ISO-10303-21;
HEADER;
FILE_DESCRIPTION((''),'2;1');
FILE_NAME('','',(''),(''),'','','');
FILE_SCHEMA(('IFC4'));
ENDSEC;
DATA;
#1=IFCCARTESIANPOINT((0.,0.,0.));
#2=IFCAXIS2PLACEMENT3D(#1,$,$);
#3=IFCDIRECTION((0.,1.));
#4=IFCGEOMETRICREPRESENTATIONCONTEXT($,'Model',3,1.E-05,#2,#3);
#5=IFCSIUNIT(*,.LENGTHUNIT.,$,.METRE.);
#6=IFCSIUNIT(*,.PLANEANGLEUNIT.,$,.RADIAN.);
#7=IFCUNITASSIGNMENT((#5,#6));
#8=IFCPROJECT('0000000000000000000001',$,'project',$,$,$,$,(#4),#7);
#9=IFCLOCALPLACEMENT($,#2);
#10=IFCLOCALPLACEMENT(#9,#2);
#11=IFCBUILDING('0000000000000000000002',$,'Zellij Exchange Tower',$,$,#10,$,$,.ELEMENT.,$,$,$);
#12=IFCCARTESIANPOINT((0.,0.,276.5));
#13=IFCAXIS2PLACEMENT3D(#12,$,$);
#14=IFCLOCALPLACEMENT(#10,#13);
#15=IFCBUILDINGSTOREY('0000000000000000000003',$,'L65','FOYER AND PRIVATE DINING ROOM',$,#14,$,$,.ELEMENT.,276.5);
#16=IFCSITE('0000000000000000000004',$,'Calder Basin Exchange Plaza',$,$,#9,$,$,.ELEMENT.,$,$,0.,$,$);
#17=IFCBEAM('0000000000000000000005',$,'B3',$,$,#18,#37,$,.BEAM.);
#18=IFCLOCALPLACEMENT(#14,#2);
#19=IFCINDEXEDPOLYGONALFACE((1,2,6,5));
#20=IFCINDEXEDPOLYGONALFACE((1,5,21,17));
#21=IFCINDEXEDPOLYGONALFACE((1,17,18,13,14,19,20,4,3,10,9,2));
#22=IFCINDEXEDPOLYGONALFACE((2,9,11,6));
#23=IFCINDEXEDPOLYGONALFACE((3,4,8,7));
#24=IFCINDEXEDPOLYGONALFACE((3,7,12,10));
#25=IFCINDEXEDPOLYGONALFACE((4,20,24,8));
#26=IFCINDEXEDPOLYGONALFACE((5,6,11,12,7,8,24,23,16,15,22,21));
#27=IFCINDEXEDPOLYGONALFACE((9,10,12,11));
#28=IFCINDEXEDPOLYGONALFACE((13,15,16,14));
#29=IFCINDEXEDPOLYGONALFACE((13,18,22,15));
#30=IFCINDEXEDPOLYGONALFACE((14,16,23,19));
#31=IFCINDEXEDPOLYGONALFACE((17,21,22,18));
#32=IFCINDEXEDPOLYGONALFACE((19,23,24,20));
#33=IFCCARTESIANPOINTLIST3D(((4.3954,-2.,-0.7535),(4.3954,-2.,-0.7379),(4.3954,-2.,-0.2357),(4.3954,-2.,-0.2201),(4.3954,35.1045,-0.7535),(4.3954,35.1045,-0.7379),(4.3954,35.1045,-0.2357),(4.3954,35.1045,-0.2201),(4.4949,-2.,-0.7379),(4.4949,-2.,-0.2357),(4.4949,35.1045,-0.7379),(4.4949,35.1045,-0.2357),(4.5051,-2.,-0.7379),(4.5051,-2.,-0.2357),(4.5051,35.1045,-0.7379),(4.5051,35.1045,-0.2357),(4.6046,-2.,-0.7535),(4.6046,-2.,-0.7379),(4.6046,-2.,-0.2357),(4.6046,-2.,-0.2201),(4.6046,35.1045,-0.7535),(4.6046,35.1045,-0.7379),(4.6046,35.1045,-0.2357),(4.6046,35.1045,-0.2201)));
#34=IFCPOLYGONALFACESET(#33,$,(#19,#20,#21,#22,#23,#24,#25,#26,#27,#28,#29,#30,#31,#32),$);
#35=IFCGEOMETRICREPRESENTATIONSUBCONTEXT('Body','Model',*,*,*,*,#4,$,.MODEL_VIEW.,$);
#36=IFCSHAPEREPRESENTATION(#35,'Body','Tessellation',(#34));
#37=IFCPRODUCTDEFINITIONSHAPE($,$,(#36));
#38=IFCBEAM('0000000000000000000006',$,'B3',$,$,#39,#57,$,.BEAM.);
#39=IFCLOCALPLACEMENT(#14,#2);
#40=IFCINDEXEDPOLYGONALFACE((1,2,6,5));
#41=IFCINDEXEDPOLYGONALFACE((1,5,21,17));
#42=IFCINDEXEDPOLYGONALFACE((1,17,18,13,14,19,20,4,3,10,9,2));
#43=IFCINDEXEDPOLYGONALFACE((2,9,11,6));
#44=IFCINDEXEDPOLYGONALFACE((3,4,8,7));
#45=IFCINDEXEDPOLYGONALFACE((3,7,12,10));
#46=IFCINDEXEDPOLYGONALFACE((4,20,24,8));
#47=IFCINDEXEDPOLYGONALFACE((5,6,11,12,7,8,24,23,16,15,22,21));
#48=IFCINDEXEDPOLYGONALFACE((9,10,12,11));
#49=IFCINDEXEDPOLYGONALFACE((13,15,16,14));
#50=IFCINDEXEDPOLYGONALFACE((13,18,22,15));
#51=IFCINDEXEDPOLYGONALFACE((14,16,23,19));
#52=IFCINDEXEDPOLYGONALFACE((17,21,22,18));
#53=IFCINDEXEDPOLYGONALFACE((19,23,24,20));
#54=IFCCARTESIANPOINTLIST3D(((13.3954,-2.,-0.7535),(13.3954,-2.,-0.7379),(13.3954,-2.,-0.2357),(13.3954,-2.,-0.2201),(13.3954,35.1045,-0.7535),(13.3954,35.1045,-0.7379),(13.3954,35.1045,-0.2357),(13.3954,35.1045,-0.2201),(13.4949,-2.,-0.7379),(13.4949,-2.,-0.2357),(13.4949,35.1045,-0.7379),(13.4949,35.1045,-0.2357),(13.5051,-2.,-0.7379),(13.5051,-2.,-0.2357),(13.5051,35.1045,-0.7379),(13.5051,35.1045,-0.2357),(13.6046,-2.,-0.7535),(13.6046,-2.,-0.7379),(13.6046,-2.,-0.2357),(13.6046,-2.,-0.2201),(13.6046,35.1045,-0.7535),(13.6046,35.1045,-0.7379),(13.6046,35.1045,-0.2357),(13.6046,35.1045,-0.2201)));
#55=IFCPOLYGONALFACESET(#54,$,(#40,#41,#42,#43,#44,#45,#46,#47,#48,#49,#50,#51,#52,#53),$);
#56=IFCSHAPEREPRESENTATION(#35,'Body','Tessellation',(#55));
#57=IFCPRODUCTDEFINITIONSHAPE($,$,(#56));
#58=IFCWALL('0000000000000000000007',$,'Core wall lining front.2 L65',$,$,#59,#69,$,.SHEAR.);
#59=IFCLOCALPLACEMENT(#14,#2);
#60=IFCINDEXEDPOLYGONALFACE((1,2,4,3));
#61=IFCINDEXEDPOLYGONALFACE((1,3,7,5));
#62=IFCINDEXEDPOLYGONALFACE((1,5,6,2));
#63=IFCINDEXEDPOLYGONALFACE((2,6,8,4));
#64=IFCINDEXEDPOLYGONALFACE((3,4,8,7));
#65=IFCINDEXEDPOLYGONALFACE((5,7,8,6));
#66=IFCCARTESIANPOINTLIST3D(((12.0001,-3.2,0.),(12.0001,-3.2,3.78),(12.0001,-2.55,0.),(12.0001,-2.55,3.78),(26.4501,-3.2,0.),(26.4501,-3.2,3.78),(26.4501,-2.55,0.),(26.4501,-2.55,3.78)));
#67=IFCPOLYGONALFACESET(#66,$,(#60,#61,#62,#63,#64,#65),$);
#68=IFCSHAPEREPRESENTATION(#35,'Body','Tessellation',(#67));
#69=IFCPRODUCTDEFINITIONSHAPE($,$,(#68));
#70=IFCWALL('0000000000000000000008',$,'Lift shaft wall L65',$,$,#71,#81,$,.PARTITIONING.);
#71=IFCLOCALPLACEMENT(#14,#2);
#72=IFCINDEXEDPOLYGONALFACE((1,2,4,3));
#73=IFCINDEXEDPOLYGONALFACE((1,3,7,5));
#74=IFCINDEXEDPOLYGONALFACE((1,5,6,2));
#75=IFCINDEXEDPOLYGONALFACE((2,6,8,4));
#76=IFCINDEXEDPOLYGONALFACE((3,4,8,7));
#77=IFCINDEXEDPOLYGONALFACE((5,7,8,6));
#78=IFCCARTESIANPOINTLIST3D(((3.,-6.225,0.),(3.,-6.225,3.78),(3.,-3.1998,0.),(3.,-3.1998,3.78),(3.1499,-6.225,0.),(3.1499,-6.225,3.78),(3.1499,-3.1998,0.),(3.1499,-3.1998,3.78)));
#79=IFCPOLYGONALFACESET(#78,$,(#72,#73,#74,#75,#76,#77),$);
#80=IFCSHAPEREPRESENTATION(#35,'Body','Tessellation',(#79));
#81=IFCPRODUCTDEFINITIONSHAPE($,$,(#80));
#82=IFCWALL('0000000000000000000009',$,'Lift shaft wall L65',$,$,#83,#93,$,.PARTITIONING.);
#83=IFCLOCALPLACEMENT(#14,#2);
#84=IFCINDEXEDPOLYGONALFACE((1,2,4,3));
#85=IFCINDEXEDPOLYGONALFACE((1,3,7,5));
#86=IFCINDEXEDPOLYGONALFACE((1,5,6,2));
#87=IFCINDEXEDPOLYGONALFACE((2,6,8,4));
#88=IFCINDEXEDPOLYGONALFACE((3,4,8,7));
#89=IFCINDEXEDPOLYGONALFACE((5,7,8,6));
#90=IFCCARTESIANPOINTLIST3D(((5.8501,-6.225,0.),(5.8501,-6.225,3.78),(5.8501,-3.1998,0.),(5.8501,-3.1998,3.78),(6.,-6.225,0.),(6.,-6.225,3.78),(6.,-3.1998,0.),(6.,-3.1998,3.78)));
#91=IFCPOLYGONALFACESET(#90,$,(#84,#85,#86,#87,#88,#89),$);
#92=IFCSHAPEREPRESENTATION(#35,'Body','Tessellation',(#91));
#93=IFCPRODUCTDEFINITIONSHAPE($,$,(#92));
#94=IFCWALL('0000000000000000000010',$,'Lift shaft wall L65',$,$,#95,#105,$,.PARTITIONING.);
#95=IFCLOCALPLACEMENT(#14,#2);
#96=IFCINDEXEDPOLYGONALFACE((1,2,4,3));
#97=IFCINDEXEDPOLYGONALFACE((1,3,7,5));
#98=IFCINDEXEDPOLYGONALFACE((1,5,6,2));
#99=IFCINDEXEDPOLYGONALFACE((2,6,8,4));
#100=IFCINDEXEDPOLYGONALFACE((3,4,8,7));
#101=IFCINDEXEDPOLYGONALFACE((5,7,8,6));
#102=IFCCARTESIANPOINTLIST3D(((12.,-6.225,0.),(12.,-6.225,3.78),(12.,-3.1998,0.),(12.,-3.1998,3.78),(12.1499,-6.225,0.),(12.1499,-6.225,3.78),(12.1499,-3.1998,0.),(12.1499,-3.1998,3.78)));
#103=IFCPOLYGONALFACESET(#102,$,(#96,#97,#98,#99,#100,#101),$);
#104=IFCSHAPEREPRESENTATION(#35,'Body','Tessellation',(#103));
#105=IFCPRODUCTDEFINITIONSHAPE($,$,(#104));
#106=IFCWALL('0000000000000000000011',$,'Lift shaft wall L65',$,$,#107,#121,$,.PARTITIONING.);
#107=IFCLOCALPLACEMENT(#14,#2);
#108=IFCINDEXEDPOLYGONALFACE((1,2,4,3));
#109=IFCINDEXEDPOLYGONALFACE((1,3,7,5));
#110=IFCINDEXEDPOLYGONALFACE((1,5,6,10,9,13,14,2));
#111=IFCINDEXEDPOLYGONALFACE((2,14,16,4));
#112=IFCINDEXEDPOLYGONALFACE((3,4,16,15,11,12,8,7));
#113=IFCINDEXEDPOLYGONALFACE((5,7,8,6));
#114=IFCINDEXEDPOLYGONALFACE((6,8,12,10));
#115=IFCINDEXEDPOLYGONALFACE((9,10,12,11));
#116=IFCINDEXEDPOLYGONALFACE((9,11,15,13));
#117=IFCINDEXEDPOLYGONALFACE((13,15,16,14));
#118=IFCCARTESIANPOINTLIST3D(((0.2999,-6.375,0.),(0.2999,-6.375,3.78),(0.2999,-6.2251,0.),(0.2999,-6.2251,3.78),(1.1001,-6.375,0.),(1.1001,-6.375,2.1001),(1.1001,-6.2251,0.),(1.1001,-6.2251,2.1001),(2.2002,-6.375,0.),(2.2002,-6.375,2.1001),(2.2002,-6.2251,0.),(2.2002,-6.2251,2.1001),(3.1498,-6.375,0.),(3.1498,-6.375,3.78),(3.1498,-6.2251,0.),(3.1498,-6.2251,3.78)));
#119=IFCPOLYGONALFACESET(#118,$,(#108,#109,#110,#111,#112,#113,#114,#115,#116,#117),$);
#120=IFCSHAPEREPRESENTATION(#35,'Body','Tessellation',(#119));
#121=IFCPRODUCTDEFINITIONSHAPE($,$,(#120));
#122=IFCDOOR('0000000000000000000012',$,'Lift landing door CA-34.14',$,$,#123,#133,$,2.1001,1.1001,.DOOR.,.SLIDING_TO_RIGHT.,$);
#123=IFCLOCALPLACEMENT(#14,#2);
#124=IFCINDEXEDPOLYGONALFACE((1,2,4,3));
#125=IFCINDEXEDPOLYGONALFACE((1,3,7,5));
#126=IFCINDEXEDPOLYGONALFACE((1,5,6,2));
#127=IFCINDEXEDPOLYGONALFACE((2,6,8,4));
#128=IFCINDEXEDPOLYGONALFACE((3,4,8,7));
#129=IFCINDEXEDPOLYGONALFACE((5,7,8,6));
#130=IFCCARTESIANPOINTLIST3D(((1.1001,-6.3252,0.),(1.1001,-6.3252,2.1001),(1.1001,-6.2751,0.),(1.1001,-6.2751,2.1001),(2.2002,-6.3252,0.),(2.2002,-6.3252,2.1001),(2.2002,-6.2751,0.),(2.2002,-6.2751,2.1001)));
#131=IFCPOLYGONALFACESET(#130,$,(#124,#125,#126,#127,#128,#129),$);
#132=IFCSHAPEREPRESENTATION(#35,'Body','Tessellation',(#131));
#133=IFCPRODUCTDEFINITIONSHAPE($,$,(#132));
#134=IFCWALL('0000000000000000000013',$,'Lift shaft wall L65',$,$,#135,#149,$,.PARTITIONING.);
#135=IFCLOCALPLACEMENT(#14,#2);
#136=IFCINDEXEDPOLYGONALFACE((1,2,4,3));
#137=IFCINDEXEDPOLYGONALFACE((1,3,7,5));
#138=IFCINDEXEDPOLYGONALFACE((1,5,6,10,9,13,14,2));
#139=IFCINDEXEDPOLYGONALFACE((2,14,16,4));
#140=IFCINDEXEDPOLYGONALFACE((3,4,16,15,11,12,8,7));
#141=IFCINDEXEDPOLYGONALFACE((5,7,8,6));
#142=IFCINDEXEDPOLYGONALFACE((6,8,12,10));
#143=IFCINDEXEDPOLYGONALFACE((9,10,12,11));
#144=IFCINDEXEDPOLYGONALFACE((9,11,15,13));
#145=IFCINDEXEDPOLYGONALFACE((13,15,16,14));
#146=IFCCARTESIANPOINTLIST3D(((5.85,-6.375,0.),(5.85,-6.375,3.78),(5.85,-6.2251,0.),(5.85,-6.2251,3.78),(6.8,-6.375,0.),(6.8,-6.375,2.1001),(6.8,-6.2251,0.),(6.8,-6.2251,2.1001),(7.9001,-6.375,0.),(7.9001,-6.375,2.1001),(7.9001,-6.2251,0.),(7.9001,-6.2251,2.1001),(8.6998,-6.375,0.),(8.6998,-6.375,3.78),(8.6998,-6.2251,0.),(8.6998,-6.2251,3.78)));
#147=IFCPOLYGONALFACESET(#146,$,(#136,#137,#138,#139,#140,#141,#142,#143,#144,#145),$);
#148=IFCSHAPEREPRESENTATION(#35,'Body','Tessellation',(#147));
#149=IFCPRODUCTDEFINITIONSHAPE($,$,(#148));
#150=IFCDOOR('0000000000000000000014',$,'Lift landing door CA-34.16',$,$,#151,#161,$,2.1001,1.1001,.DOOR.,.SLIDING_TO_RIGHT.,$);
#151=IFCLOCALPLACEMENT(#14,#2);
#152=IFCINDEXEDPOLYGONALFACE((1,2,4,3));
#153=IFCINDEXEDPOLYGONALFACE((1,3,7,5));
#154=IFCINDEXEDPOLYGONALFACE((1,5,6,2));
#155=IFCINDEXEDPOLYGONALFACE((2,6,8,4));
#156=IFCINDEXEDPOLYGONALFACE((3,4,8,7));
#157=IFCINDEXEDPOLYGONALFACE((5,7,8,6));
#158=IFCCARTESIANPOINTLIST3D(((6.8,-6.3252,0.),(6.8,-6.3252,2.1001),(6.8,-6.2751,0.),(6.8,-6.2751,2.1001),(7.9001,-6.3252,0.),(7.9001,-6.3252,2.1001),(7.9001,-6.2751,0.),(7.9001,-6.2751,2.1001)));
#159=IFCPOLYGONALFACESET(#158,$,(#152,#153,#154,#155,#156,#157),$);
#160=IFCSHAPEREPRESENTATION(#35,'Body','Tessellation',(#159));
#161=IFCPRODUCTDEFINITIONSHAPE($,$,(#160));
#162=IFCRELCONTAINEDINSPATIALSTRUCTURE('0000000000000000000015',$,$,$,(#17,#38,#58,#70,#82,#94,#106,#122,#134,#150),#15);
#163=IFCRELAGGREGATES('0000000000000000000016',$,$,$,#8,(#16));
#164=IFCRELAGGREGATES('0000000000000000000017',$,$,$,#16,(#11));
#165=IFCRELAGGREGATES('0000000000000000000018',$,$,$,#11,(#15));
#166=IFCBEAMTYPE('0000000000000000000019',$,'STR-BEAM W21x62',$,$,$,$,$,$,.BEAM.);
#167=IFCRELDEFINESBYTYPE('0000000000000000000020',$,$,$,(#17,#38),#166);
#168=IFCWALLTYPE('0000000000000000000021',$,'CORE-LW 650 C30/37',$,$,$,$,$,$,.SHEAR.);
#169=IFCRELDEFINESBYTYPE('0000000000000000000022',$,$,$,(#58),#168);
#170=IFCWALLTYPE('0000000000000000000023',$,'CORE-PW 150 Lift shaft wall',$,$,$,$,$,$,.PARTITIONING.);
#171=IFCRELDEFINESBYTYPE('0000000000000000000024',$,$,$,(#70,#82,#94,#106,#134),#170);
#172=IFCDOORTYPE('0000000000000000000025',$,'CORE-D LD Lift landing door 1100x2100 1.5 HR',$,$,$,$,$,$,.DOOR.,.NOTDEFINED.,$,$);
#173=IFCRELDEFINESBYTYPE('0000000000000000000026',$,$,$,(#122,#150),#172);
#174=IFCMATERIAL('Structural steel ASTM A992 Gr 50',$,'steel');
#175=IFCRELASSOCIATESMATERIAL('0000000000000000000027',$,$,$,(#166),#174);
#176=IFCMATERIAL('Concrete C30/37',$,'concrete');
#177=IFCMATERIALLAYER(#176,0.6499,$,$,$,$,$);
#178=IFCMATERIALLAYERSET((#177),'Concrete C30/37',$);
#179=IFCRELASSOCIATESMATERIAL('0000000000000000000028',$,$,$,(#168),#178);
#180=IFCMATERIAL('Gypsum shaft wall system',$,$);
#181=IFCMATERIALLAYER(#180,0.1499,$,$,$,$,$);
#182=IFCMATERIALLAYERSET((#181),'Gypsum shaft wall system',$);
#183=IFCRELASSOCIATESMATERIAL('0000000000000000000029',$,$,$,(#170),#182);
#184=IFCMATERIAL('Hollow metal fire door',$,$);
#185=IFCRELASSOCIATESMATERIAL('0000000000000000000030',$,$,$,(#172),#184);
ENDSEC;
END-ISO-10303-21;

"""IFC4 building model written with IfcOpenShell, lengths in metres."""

from ifc_helpers import new_model, si_unit, direction, frame, frame_2d, origin, origin_2d, place, context, subcontext, project, spatial, rectangle, i_section, extrude, material, layer, layer_set, material_profile, profile_set, type_object, element, fill, save


model = new_model("IFC4")

# Units and contexts
model_context = context("Model", 3, precision=1e-05, world=origin(), true_north=direction((0.0, 1.0)))
body_context = subcontext(model_context, "Body", "Model", "MODEL_VIEW")
ifc_project = project(units=[si_unit("LENGTHUNIT", "METRE"), si_unit("PLANEANGLEUNIT", "RADIAN")], contexts=[model_context])

# Site, building, storey
site_placement = place(None, origin())
site = spatial("IfcSite", under=ifc_project, at=site_placement, Name="Calder Basin Exchange Plaza", CompositionType="ELEMENT", RefElevation=0.0)
building_placement = place(site_placement, origin())
building = spatial("IfcBuilding", under=site, at=building_placement, Name="Zellij Exchange Tower", CompositionType="ELEMENT")
storey_placement = place(building_placement, frame((0.0, 0.0, 276.5)))
storey = spatial("IfcBuildingStorey", under=building, at=storey_placement, Name="L65", Description="FOYER AND PRIVATE DINING ROOM", CompositionType="ELEMENT", Elevation=276.5)

# Beams
ifc_material_1 = material(Name="Structural steel ASTM A992 Gr 50", Category="steel")
ifc_material_profile = material_profile(ifc_material_1, i_section(OverallWidth=0.2092, OverallDepth=0.5334, WebThickness=0.0103, FlangeThickness=0.0156, at=origin_2d()), Name="W21x62")
ifc_profile_set = profile_set([ifc_material_profile], Name="Structural steel ASTM A992 Gr 50")
beam_type = type_object("IfcBeamType", Name="STR-BEAM W21x62", PredefinedType="BEAM", material=ifc_profile_set)
for number, where, z_axis, x_axis, name in (
    (1, (4.5, -2.0, -0.4868), (0.0, 1.0, 0.0), (-1.0, 0.0, 0.0), "B3"),
    (2, (13.5, -2.0, -0.4868), (0.0, 1.0, 0.0), (-1.0, 0.0, 0.0), "B3"),
):
    element("IfcBeam", number, at=place(storey_placement, frame(where, z_axis=z_axis, x_axis=x_axis)), inside=storey, type_object=beam_type, Name=name, PredefinedType="BEAM", context=body_context, shape_type="SweptSolid", body=[
        extrude(i_section(OverallWidth=0.2092, OverallDepth=0.5334, WebThickness=0.0103, FlangeThickness=0.0156, at=origin_2d()), origin(), (0.0, 0.0, 1.0), 37.1045),
    ])

# Walls
ifc_material_2 = material(Name="Concrete C30/37", Category="concrete")
ifc_layer_1 = layer(ifc_material_2, 0.6499)
ifc_layer_set_1 = layer_set([ifc_layer_1], Name="Concrete C30/37")
wall_type_1 = type_object("IfcWallType", Name="CORE-LW 650 C30/37", PredefinedType="SHEAR", material=ifc_layer_set_1)
wall_1_placement = place(storey_placement, frame((12.0, -2.875, 0.0), z_axis=(0.0, 0.0, 1.0), x_axis=(1.0, 0.0, 0.0)))
element("IfcWall", 3, at=wall_1_placement, inside=storey, type_object=wall_type_1, Name="Core wall lining front.2 L65", PredefinedType="SHEAR", context=body_context, shape_type="SweptSolid", body=[
    extrude(rectangle(XDim=14.45, YDim=0.6499, at=frame_2d((7.2251, 0.0))), origin(), (0.0, 0.0, 1.0), 3.78),
])
ifc_material_3 = material(Name="Gypsum shaft wall system")
ifc_layer_2 = layer(ifc_material_3, 0.1499)
ifc_layer_set_2 = layer_set([ifc_layer_2], Name="Gypsum shaft wall system")
wall_type_2 = type_object("IfcWallType", Name="CORE-PW 150 Lift shaft wall", PredefinedType="PARTITIONING", material=ifc_layer_set_2)
for number, where, z_axis, x_axis, name in (
    (4, (3.075, -6.2251, 0.0), (0.0, 0.0, 1.0), (0.0, 1.0, 0.0), "Lift shaft wall L65"),
    (5, (5.925, -6.2251, 0.0), (0.0, 0.0, 1.0), (0.0, 1.0, 0.0), "Lift shaft wall L65"),
    (6, (12.075, -6.2251, 0.0), (0.0, 0.0, 1.0), (0.0, 1.0, 0.0), "Lift shaft wall L65"),
):
    element("IfcWall", number, at=place(storey_placement, frame(where, z_axis=z_axis, x_axis=x_axis)), inside=storey, type_object=wall_type_2, Name=name, PredefinedType="PARTITIONING", context=body_context, shape_type="SweptSolid", body=[
        extrude(rectangle(XDim=3.0251, YDim=0.1499, at=frame_2d((1.5127, 0.0))), origin(), (0.0, 0.0, 1.0), 3.78),
    ])

# Walls, openings, doors
wall_2_placement = place(storey_placement, frame((0.3, -6.3, 0.0), z_axis=(0.0, 0.0, 1.0), x_axis=(1.0, 0.0, 0.0)))
wall_2 = element("IfcWall", 7, at=wall_2_placement, inside=storey, type_object=wall_type_2, Name="Lift shaft wall L65", PredefinedType="PARTITIONING", context=body_context, shape_type="SweptSolid", body=[
    extrude(rectangle(XDim=2.8499, YDim=0.1499, at=frame_2d((1.4248, 0.0))), origin(), (0.0, 0.0, 1.0), 3.78),
])
opening_1_placement = place(wall_2_placement, frame((0.8, 0.0, 0.0)))
opening_1 = element("IfcOpeningElement", 8, at=opening_1_placement, cuts=wall_2, PredefinedType="OPENING", context=body_context, shape_type="SweptSolid", body=[
    extrude(rectangle(XDim=1.1001, YDim=2.1001, at=frame_2d((0.55, 1.05))), frame((0.0, 0.0869, 0.0), z_axis=(0.0, -1.0, 0.0), x_axis=(1.0, 0.0, 0.0)), (0.0, 0.0, 1.0), 0.1738),
])
ifc_material_4 = material(Name="Hollow metal fire door")
door_type_1 = type_object("IfcDoorType", Name="CORE-D LD Lift landing door 1100x2100 1.5 HR", OperationType="NOTDEFINED", PredefinedType="DOOR", material=ifc_material_4)
door_1_placement = place(opening_1_placement, origin())
door_1 = element("IfcDoor", 9, at=door_1_placement, inside=storey, type_object=door_type_1, Name="Lift landing door CA-34.14", OperationType="SLIDING_TO_RIGHT", OverallHeight=2.1001, OverallWidth=1.1001, PredefinedType="DOOR", context=body_context, shape_type="SweptSolid", body=[
    extrude(rectangle(XDim=1.1001, YDim=2.1001, at=frame_2d((0.55, 1.05))), frame((0.0, 0.0249, 0.0), z_axis=(0.0, -1.0, 0.0), x_axis=(1.0, 0.0, 0.0)), (0.0, 0.0, 1.0), 0.05),
])
fill(opening_1, door_1)
wall_3_placement = place(storey_placement, frame((5.8501, -6.3, 0.0), z_axis=(0.0, 0.0, 1.0), x_axis=(1.0, 0.0, 0.0)))
wall_3 = element("IfcWall", 10, at=wall_3_placement, inside=storey, type_object=wall_type_2, Name="Lift shaft wall L65", PredefinedType="PARTITIONING", context=body_context, shape_type="SweptSolid", body=[
    extrude(rectangle(XDim=2.8499, YDim=0.1499, at=frame_2d((1.4248, 0.0))), origin(), (0.0, 0.0, 1.0), 3.78),
])
opening_2_placement = place(wall_3_placement, frame((0.95, 0.0, 0.0)))
opening_2 = element("IfcOpeningElement", 11, at=opening_2_placement, cuts=wall_3, PredefinedType="OPENING", context=body_context, shape_type="SweptSolid", body=[
    extrude(rectangle(XDim=1.1001, YDim=2.1001, at=frame_2d((0.55, 1.05))), frame((0.0, 0.0869, 0.0), z_axis=(0.0, -1.0, 0.0), x_axis=(1.0, 0.0, 0.0)), (0.0, 0.0, 1.0), 0.1738),
])
door_2_placement = place(opening_2_placement, origin())
door_2 = element("IfcDoor", 12, at=door_2_placement, inside=storey, type_object=door_type_1, Name="Lift landing door CA-34.16", OperationType="SLIDING_TO_RIGHT", OverallHeight=2.1001, OverallWidth=1.1001, PredefinedType="DOOR", context=body_context, shape_type="SweptSolid", body=[
    extrude(rectangle(XDim=1.1001, YDim=2.1001, at=frame_2d((0.55, 1.05))), frame((0.0, 0.0249, 0.0), z_axis=(0.0, -1.0, 0.0), x_axis=(1.0, 0.0, 0.0)), (0.0, 0.0, 1.0), 0.05),
])
fill(opening_2, door_2)

save(model, "model.ifc")
